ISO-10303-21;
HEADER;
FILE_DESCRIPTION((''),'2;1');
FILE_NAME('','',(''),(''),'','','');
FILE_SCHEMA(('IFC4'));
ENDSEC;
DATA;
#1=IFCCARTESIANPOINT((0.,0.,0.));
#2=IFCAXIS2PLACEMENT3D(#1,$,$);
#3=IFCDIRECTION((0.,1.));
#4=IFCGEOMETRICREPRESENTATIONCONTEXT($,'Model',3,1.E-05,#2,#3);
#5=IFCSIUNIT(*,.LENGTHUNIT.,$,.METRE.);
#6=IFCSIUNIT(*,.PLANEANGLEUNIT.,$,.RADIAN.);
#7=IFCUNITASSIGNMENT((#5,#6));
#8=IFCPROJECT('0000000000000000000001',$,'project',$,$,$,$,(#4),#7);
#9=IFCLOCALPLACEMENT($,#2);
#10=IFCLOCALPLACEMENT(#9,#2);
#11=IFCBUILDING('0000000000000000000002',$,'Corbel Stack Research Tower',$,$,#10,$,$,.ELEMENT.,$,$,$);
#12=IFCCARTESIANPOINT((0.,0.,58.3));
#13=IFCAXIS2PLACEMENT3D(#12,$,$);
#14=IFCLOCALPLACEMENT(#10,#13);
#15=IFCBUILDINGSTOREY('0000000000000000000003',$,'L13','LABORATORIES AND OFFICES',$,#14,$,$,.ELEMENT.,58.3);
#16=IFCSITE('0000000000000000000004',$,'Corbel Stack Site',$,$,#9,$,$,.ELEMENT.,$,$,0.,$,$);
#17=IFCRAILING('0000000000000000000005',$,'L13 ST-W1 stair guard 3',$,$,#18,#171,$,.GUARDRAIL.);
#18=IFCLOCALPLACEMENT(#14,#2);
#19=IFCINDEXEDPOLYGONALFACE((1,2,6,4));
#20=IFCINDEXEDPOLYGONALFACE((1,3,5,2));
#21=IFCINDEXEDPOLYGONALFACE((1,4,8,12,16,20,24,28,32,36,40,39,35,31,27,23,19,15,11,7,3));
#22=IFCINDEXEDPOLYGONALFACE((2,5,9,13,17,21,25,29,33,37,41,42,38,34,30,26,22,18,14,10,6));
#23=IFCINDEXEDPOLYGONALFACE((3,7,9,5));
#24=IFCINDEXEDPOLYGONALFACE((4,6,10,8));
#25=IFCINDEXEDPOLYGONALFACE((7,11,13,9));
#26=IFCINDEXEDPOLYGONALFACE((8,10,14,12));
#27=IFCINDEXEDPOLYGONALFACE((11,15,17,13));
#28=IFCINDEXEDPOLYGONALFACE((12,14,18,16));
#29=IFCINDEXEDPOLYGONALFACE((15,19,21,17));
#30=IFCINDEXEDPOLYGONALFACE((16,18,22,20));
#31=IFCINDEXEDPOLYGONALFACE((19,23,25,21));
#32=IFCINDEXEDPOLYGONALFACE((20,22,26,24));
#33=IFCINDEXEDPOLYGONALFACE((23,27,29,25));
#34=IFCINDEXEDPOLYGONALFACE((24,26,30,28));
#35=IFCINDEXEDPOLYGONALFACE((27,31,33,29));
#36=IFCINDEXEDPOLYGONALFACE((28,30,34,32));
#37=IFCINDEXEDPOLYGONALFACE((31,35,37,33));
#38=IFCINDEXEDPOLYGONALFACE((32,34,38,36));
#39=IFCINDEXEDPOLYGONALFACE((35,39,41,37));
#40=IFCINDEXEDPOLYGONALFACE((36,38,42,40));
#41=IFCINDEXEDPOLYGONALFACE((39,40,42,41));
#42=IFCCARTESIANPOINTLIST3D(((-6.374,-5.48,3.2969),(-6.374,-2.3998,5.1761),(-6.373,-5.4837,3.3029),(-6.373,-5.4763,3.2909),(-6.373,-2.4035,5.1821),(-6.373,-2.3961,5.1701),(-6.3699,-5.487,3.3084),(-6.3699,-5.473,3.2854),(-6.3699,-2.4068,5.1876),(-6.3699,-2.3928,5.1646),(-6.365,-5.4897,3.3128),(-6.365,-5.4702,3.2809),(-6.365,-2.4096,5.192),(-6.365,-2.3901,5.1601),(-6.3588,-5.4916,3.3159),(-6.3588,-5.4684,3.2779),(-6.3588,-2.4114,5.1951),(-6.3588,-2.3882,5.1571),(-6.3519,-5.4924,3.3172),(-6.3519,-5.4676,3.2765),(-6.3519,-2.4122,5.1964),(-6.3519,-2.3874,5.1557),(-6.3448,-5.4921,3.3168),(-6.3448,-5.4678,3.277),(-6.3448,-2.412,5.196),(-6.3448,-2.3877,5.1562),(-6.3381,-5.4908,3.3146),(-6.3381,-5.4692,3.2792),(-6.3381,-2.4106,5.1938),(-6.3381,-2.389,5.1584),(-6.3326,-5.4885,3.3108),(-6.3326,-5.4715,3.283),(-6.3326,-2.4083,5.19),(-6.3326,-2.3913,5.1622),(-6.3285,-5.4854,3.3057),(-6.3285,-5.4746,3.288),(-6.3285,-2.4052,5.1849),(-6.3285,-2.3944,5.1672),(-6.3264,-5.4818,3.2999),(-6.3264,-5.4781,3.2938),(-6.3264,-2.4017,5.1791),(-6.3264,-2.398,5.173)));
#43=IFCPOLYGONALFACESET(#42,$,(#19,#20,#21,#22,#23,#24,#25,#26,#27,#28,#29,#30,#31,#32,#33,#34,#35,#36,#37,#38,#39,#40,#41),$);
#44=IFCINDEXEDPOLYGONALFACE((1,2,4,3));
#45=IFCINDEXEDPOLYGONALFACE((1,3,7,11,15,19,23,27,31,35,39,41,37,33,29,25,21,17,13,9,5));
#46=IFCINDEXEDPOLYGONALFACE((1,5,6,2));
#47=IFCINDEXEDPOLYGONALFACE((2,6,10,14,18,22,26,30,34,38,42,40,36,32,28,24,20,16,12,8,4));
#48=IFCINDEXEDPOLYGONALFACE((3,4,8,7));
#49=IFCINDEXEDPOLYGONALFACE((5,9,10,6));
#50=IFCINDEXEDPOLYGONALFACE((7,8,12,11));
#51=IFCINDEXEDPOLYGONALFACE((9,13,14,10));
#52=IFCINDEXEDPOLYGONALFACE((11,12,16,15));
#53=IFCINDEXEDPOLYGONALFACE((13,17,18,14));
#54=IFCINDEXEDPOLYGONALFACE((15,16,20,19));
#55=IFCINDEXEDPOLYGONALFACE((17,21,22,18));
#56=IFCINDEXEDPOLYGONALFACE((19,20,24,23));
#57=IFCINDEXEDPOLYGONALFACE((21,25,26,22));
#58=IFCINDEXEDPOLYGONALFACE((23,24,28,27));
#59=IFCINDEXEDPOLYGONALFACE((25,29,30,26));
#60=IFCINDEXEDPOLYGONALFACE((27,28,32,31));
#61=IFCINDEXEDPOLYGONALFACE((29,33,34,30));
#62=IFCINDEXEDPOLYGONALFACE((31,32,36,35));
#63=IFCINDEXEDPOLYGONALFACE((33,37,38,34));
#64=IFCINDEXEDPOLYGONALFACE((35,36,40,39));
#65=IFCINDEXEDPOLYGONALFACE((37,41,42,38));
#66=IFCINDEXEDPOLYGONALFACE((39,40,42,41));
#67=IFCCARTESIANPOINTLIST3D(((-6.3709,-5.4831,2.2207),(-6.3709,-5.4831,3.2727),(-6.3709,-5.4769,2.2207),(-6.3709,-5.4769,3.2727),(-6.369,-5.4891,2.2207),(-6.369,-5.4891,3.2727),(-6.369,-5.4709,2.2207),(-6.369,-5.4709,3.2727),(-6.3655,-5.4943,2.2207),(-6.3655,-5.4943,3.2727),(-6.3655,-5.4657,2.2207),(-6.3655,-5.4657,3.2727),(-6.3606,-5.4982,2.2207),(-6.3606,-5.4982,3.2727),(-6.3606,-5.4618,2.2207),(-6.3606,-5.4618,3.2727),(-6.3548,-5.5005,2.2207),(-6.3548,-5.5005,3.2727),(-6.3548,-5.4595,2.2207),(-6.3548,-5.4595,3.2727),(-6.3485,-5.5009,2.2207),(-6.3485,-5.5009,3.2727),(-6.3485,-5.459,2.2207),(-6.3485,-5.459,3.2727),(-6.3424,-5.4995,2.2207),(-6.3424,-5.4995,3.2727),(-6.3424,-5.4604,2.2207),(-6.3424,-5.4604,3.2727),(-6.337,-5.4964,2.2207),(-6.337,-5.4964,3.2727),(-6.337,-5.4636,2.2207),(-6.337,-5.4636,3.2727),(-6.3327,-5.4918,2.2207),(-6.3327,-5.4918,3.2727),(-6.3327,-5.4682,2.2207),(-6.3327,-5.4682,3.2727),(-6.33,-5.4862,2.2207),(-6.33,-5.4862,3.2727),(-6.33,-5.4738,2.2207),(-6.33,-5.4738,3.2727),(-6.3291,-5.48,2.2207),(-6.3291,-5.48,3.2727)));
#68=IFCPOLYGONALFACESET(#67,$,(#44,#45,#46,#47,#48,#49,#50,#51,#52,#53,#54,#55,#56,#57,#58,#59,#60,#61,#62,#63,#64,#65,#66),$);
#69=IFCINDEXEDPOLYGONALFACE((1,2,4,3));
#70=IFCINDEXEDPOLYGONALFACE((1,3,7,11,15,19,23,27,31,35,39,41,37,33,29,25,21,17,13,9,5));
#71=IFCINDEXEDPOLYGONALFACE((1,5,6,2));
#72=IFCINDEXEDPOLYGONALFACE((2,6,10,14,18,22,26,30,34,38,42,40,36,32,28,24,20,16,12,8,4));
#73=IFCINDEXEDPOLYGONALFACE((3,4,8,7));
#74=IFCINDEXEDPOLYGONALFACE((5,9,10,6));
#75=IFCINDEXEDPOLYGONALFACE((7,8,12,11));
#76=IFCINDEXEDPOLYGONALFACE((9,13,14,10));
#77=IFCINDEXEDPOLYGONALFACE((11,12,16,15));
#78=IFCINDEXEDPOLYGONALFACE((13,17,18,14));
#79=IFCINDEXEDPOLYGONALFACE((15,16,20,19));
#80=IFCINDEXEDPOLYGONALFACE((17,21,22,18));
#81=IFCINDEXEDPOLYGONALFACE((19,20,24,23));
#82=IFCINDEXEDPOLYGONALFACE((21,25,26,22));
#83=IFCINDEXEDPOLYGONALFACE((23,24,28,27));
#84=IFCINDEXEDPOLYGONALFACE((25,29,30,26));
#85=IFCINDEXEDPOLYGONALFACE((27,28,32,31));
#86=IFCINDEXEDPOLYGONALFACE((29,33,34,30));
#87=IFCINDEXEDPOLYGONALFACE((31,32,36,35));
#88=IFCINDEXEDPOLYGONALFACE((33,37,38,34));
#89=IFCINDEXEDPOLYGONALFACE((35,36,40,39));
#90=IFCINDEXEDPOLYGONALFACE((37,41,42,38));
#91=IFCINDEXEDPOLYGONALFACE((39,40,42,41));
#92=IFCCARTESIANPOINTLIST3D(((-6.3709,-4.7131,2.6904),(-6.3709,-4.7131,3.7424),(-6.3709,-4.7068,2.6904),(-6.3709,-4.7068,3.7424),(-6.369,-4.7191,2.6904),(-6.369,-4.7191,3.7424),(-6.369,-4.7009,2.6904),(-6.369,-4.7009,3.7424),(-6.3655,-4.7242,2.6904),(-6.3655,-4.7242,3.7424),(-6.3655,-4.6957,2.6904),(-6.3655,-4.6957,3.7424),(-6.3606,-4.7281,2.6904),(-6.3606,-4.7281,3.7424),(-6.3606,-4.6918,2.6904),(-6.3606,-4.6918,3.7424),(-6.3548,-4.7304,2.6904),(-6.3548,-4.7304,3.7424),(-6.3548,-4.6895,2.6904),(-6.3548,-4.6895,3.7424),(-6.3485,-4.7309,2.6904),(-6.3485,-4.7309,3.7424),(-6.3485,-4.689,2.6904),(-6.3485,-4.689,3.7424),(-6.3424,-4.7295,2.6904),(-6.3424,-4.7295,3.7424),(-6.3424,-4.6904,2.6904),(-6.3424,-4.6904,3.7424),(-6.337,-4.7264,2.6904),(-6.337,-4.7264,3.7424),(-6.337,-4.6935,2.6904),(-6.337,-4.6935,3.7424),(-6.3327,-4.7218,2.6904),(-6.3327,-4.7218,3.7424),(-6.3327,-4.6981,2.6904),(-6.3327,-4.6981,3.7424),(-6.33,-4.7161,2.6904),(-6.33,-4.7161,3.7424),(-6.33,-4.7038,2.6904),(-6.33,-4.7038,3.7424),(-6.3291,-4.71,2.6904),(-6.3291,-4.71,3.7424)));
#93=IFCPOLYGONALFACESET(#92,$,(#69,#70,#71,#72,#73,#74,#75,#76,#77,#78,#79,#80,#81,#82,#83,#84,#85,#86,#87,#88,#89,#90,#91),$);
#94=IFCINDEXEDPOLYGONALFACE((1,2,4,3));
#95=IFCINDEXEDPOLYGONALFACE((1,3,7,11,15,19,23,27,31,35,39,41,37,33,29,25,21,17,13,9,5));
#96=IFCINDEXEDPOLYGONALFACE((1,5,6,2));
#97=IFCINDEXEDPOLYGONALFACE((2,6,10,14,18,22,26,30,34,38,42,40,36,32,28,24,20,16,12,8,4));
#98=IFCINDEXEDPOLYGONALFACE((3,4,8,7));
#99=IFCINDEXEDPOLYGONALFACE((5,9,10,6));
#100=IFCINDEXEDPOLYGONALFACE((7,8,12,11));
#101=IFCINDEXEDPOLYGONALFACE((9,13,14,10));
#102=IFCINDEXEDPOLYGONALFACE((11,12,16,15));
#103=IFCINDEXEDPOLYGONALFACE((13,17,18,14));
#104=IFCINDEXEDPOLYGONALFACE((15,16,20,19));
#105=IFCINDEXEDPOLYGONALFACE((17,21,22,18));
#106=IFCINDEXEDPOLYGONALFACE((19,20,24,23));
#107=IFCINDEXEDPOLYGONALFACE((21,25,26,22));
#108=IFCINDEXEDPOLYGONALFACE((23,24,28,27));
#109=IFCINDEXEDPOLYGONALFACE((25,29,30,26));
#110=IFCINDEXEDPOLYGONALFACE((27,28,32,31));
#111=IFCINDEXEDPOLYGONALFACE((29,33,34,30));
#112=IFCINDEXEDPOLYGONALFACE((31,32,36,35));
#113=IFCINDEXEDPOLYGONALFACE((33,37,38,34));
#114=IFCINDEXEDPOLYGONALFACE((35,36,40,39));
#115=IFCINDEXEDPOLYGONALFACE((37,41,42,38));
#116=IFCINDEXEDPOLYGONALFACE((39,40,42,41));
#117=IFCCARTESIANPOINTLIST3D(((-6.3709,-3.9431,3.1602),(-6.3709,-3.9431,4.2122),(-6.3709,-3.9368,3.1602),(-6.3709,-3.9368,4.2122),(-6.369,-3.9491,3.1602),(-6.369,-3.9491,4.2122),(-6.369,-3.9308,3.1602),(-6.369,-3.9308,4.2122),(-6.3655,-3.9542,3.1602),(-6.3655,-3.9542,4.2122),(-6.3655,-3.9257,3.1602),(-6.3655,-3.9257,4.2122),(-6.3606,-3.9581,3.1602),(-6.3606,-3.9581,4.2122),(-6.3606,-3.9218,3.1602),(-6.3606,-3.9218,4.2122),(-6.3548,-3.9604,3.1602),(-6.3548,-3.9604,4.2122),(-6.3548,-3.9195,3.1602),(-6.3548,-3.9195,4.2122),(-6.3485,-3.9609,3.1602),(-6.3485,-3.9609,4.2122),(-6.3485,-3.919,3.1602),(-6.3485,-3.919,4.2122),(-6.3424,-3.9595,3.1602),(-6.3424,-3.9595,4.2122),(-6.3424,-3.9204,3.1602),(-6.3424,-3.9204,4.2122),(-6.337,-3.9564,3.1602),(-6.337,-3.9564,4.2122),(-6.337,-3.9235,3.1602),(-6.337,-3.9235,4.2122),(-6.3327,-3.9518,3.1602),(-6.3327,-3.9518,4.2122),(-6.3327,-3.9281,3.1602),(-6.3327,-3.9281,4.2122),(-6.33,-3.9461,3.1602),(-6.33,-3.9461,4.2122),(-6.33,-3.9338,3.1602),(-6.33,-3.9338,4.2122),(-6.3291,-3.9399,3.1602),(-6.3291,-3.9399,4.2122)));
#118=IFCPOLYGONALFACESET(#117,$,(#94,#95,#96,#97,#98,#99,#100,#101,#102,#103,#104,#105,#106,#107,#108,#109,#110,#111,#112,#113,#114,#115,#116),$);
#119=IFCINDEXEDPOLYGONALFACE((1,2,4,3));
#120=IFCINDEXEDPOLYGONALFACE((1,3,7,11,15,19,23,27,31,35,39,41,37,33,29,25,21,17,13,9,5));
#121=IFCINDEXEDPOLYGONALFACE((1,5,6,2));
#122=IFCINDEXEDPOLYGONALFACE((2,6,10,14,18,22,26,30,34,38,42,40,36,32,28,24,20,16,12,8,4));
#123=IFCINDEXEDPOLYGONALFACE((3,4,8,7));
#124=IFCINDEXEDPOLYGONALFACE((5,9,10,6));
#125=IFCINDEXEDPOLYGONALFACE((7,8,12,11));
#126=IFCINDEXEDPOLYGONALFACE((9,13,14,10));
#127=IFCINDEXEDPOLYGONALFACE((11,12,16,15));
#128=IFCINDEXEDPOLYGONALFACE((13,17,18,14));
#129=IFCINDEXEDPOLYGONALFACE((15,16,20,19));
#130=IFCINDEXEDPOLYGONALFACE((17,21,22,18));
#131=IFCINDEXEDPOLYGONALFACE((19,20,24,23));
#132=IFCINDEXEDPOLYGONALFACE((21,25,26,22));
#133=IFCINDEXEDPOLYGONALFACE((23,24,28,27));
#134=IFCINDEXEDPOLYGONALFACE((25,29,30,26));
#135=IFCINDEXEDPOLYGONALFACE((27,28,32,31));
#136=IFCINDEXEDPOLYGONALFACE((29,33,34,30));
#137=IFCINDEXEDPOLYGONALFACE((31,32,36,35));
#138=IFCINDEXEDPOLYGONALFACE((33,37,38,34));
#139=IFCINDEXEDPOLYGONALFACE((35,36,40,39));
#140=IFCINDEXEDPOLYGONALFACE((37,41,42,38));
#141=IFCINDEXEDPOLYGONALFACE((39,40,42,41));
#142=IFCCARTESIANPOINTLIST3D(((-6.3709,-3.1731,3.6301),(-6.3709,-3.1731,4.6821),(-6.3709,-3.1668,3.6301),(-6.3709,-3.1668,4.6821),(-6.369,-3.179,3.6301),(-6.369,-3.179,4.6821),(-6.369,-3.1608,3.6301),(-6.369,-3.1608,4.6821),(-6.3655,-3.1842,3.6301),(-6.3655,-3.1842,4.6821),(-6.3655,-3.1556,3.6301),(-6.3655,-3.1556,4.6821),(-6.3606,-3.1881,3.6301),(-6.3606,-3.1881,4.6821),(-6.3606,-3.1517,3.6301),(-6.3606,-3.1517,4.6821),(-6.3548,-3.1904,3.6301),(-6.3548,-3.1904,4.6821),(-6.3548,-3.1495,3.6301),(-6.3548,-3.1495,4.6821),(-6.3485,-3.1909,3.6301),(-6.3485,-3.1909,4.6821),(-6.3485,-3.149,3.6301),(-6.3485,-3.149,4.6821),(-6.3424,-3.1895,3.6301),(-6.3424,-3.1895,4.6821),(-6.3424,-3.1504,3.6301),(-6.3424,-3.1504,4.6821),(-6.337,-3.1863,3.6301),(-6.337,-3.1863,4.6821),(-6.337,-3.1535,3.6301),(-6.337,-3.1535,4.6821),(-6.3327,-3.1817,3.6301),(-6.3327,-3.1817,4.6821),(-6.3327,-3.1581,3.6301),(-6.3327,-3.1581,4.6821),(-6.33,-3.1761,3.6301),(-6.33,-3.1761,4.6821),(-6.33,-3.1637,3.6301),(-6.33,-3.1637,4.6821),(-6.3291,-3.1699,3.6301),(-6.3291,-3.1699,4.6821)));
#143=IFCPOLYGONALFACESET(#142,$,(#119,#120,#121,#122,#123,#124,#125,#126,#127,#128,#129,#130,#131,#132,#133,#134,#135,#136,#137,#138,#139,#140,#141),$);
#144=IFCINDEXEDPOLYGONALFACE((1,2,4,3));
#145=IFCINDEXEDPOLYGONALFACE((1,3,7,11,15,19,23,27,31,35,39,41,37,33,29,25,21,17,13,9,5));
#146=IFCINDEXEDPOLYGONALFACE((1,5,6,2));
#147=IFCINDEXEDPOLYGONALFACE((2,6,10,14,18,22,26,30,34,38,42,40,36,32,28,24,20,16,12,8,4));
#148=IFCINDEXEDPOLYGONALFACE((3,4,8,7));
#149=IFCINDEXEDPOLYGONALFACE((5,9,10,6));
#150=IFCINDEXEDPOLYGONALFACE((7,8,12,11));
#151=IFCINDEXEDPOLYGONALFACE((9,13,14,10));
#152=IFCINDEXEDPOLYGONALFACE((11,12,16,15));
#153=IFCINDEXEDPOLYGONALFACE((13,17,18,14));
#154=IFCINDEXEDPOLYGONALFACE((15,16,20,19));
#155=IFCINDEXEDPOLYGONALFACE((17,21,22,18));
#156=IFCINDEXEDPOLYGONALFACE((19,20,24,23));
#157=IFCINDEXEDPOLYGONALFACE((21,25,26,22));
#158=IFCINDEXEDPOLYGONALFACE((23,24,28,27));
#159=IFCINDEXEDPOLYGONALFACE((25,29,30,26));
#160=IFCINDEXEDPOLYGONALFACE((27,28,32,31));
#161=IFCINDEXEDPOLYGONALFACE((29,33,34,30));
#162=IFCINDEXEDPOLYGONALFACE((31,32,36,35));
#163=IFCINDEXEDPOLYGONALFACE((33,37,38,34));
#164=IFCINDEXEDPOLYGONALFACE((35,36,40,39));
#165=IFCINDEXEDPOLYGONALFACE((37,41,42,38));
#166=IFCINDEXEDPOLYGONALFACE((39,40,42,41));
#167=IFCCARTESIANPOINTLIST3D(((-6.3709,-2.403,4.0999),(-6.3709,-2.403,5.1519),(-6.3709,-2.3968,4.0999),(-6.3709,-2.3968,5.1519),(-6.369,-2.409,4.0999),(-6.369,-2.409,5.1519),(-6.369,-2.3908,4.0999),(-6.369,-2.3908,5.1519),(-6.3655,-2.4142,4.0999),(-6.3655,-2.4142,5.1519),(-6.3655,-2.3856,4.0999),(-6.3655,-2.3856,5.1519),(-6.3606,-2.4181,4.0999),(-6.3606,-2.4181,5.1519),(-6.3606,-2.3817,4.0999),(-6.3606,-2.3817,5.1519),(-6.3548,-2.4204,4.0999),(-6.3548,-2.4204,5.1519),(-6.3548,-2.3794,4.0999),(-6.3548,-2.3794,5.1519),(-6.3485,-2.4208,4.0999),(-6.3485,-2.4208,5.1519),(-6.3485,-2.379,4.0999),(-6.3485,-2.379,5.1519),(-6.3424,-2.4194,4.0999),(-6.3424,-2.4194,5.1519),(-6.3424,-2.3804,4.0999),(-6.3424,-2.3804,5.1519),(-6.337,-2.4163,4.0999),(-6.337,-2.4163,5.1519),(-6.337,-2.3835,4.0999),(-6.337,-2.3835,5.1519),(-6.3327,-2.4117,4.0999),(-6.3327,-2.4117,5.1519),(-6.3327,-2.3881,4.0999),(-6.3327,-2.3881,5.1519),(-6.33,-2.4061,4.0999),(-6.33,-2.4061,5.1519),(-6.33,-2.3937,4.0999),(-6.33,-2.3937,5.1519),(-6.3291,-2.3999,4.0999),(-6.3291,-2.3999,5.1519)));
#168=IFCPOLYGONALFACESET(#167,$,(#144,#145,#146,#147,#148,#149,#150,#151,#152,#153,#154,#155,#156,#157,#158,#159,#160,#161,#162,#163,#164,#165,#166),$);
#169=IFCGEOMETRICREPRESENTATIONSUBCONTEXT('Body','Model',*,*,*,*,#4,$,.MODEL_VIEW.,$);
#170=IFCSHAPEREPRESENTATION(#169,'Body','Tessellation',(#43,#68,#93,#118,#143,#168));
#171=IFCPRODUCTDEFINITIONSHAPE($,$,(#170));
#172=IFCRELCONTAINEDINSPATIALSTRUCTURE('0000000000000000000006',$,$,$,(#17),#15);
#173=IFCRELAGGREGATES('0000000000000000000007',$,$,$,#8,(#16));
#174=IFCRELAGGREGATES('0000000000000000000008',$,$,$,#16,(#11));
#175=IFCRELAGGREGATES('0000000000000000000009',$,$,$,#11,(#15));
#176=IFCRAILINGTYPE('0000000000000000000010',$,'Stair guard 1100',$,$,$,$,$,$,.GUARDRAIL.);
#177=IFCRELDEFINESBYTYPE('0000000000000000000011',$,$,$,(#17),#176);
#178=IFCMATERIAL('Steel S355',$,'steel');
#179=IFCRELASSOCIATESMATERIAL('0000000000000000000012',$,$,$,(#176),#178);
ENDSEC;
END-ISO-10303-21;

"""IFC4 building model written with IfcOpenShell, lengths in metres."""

from ifc_helpers import new_model, si_unit, direction, frame, origin, origin_2d, place, context, subcontext, project, spatial, circle, extrude, material, type_object, element, save


model = new_model("IFC4")

# Units and contexts
model_context = context("Model", 3, precision=1e-05, world=origin(), true_north=direction((0.0, 1.0)))
body_context = subcontext(model_context, "Body", "Model", "MODEL_VIEW")
ifc_project = project(units=[si_unit("LENGTHUNIT", "METRE"), si_unit("PLANEANGLEUNIT", "RADIAN")], contexts=[model_context])

# Site, building, storey
site_placement = place(None, origin())
site = spatial("IfcSite", under=ifc_project, at=site_placement, Name="Corbel Stack Site", CompositionType="ELEMENT", RefElevation=0.0)
building_placement = place(site_placement, origin())
building = spatial("IfcBuilding", under=site, at=building_placement, Name="Corbel Stack Research Tower", CompositionType="ELEMENT")
storey_placement = place(building_placement, frame((0.0, 0.0, 58.3)))
storey = spatial("IfcBuildingStorey", under=building, at=storey_placement, Name="L13", Description="LABORATORIES AND OFFICES", CompositionType="ELEMENT", Elevation=58.3)

# Railing
ifc_material_1 = material(Name="Steel S355", Category="steel")
railing_type_1 = type_object("IfcRailingType", Name="Stair guard 1100", PredefinedType="GUARDRAIL", material=ifc_material_1)
railing_1_placement = place(storey_placement, frame((-6.3501, -5.48, 2.2207)))
element("IfcRailing", 1, at=railing_1_placement, inside=storey, type_object=railing_type_1, Name="L13 ST-W1 stair guard 3", PredefinedType="GUARDRAIL", context=body_context, shape_type="SweptSolid", body=[
    extrude(circle(Radius=0.0239, at=origin_2d()), frame((0.0, 0.0, 1.0762), z_axis=(0.0, 0.853666, 0.52082), x_axis=(-1.0, 0.0, 0.0)), (0.0, 0.0, 1.0), 3.6082),
    extrude(circle(Radius=0.021, at=origin_2d()), origin(), (0.0, 0.0, 1.0), 1.052),
    extrude(circle(Radius=0.021, at=origin_2d()), frame((0.0, 0.77, 0.4697)), (0.0, 0.0, 1.0), 1.052),
    extrude(circle(Radius=0.021, at=origin_2d()), frame((0.0, 1.54, 0.9395)), (0.0, 0.0, 1.0), 1.052),
    extrude(circle(Radius=0.021, at=origin_2d()), frame((0.0, 2.3101, 1.4094)), (0.0, 0.0, 1.0), 1.052),
    extrude(circle(Radius=0.021, at=origin_2d()), frame((0.0, 3.0801, 1.8792)), (0.0, 0.0, 1.0), 1.052),
])

save(model, "model.ifc")
